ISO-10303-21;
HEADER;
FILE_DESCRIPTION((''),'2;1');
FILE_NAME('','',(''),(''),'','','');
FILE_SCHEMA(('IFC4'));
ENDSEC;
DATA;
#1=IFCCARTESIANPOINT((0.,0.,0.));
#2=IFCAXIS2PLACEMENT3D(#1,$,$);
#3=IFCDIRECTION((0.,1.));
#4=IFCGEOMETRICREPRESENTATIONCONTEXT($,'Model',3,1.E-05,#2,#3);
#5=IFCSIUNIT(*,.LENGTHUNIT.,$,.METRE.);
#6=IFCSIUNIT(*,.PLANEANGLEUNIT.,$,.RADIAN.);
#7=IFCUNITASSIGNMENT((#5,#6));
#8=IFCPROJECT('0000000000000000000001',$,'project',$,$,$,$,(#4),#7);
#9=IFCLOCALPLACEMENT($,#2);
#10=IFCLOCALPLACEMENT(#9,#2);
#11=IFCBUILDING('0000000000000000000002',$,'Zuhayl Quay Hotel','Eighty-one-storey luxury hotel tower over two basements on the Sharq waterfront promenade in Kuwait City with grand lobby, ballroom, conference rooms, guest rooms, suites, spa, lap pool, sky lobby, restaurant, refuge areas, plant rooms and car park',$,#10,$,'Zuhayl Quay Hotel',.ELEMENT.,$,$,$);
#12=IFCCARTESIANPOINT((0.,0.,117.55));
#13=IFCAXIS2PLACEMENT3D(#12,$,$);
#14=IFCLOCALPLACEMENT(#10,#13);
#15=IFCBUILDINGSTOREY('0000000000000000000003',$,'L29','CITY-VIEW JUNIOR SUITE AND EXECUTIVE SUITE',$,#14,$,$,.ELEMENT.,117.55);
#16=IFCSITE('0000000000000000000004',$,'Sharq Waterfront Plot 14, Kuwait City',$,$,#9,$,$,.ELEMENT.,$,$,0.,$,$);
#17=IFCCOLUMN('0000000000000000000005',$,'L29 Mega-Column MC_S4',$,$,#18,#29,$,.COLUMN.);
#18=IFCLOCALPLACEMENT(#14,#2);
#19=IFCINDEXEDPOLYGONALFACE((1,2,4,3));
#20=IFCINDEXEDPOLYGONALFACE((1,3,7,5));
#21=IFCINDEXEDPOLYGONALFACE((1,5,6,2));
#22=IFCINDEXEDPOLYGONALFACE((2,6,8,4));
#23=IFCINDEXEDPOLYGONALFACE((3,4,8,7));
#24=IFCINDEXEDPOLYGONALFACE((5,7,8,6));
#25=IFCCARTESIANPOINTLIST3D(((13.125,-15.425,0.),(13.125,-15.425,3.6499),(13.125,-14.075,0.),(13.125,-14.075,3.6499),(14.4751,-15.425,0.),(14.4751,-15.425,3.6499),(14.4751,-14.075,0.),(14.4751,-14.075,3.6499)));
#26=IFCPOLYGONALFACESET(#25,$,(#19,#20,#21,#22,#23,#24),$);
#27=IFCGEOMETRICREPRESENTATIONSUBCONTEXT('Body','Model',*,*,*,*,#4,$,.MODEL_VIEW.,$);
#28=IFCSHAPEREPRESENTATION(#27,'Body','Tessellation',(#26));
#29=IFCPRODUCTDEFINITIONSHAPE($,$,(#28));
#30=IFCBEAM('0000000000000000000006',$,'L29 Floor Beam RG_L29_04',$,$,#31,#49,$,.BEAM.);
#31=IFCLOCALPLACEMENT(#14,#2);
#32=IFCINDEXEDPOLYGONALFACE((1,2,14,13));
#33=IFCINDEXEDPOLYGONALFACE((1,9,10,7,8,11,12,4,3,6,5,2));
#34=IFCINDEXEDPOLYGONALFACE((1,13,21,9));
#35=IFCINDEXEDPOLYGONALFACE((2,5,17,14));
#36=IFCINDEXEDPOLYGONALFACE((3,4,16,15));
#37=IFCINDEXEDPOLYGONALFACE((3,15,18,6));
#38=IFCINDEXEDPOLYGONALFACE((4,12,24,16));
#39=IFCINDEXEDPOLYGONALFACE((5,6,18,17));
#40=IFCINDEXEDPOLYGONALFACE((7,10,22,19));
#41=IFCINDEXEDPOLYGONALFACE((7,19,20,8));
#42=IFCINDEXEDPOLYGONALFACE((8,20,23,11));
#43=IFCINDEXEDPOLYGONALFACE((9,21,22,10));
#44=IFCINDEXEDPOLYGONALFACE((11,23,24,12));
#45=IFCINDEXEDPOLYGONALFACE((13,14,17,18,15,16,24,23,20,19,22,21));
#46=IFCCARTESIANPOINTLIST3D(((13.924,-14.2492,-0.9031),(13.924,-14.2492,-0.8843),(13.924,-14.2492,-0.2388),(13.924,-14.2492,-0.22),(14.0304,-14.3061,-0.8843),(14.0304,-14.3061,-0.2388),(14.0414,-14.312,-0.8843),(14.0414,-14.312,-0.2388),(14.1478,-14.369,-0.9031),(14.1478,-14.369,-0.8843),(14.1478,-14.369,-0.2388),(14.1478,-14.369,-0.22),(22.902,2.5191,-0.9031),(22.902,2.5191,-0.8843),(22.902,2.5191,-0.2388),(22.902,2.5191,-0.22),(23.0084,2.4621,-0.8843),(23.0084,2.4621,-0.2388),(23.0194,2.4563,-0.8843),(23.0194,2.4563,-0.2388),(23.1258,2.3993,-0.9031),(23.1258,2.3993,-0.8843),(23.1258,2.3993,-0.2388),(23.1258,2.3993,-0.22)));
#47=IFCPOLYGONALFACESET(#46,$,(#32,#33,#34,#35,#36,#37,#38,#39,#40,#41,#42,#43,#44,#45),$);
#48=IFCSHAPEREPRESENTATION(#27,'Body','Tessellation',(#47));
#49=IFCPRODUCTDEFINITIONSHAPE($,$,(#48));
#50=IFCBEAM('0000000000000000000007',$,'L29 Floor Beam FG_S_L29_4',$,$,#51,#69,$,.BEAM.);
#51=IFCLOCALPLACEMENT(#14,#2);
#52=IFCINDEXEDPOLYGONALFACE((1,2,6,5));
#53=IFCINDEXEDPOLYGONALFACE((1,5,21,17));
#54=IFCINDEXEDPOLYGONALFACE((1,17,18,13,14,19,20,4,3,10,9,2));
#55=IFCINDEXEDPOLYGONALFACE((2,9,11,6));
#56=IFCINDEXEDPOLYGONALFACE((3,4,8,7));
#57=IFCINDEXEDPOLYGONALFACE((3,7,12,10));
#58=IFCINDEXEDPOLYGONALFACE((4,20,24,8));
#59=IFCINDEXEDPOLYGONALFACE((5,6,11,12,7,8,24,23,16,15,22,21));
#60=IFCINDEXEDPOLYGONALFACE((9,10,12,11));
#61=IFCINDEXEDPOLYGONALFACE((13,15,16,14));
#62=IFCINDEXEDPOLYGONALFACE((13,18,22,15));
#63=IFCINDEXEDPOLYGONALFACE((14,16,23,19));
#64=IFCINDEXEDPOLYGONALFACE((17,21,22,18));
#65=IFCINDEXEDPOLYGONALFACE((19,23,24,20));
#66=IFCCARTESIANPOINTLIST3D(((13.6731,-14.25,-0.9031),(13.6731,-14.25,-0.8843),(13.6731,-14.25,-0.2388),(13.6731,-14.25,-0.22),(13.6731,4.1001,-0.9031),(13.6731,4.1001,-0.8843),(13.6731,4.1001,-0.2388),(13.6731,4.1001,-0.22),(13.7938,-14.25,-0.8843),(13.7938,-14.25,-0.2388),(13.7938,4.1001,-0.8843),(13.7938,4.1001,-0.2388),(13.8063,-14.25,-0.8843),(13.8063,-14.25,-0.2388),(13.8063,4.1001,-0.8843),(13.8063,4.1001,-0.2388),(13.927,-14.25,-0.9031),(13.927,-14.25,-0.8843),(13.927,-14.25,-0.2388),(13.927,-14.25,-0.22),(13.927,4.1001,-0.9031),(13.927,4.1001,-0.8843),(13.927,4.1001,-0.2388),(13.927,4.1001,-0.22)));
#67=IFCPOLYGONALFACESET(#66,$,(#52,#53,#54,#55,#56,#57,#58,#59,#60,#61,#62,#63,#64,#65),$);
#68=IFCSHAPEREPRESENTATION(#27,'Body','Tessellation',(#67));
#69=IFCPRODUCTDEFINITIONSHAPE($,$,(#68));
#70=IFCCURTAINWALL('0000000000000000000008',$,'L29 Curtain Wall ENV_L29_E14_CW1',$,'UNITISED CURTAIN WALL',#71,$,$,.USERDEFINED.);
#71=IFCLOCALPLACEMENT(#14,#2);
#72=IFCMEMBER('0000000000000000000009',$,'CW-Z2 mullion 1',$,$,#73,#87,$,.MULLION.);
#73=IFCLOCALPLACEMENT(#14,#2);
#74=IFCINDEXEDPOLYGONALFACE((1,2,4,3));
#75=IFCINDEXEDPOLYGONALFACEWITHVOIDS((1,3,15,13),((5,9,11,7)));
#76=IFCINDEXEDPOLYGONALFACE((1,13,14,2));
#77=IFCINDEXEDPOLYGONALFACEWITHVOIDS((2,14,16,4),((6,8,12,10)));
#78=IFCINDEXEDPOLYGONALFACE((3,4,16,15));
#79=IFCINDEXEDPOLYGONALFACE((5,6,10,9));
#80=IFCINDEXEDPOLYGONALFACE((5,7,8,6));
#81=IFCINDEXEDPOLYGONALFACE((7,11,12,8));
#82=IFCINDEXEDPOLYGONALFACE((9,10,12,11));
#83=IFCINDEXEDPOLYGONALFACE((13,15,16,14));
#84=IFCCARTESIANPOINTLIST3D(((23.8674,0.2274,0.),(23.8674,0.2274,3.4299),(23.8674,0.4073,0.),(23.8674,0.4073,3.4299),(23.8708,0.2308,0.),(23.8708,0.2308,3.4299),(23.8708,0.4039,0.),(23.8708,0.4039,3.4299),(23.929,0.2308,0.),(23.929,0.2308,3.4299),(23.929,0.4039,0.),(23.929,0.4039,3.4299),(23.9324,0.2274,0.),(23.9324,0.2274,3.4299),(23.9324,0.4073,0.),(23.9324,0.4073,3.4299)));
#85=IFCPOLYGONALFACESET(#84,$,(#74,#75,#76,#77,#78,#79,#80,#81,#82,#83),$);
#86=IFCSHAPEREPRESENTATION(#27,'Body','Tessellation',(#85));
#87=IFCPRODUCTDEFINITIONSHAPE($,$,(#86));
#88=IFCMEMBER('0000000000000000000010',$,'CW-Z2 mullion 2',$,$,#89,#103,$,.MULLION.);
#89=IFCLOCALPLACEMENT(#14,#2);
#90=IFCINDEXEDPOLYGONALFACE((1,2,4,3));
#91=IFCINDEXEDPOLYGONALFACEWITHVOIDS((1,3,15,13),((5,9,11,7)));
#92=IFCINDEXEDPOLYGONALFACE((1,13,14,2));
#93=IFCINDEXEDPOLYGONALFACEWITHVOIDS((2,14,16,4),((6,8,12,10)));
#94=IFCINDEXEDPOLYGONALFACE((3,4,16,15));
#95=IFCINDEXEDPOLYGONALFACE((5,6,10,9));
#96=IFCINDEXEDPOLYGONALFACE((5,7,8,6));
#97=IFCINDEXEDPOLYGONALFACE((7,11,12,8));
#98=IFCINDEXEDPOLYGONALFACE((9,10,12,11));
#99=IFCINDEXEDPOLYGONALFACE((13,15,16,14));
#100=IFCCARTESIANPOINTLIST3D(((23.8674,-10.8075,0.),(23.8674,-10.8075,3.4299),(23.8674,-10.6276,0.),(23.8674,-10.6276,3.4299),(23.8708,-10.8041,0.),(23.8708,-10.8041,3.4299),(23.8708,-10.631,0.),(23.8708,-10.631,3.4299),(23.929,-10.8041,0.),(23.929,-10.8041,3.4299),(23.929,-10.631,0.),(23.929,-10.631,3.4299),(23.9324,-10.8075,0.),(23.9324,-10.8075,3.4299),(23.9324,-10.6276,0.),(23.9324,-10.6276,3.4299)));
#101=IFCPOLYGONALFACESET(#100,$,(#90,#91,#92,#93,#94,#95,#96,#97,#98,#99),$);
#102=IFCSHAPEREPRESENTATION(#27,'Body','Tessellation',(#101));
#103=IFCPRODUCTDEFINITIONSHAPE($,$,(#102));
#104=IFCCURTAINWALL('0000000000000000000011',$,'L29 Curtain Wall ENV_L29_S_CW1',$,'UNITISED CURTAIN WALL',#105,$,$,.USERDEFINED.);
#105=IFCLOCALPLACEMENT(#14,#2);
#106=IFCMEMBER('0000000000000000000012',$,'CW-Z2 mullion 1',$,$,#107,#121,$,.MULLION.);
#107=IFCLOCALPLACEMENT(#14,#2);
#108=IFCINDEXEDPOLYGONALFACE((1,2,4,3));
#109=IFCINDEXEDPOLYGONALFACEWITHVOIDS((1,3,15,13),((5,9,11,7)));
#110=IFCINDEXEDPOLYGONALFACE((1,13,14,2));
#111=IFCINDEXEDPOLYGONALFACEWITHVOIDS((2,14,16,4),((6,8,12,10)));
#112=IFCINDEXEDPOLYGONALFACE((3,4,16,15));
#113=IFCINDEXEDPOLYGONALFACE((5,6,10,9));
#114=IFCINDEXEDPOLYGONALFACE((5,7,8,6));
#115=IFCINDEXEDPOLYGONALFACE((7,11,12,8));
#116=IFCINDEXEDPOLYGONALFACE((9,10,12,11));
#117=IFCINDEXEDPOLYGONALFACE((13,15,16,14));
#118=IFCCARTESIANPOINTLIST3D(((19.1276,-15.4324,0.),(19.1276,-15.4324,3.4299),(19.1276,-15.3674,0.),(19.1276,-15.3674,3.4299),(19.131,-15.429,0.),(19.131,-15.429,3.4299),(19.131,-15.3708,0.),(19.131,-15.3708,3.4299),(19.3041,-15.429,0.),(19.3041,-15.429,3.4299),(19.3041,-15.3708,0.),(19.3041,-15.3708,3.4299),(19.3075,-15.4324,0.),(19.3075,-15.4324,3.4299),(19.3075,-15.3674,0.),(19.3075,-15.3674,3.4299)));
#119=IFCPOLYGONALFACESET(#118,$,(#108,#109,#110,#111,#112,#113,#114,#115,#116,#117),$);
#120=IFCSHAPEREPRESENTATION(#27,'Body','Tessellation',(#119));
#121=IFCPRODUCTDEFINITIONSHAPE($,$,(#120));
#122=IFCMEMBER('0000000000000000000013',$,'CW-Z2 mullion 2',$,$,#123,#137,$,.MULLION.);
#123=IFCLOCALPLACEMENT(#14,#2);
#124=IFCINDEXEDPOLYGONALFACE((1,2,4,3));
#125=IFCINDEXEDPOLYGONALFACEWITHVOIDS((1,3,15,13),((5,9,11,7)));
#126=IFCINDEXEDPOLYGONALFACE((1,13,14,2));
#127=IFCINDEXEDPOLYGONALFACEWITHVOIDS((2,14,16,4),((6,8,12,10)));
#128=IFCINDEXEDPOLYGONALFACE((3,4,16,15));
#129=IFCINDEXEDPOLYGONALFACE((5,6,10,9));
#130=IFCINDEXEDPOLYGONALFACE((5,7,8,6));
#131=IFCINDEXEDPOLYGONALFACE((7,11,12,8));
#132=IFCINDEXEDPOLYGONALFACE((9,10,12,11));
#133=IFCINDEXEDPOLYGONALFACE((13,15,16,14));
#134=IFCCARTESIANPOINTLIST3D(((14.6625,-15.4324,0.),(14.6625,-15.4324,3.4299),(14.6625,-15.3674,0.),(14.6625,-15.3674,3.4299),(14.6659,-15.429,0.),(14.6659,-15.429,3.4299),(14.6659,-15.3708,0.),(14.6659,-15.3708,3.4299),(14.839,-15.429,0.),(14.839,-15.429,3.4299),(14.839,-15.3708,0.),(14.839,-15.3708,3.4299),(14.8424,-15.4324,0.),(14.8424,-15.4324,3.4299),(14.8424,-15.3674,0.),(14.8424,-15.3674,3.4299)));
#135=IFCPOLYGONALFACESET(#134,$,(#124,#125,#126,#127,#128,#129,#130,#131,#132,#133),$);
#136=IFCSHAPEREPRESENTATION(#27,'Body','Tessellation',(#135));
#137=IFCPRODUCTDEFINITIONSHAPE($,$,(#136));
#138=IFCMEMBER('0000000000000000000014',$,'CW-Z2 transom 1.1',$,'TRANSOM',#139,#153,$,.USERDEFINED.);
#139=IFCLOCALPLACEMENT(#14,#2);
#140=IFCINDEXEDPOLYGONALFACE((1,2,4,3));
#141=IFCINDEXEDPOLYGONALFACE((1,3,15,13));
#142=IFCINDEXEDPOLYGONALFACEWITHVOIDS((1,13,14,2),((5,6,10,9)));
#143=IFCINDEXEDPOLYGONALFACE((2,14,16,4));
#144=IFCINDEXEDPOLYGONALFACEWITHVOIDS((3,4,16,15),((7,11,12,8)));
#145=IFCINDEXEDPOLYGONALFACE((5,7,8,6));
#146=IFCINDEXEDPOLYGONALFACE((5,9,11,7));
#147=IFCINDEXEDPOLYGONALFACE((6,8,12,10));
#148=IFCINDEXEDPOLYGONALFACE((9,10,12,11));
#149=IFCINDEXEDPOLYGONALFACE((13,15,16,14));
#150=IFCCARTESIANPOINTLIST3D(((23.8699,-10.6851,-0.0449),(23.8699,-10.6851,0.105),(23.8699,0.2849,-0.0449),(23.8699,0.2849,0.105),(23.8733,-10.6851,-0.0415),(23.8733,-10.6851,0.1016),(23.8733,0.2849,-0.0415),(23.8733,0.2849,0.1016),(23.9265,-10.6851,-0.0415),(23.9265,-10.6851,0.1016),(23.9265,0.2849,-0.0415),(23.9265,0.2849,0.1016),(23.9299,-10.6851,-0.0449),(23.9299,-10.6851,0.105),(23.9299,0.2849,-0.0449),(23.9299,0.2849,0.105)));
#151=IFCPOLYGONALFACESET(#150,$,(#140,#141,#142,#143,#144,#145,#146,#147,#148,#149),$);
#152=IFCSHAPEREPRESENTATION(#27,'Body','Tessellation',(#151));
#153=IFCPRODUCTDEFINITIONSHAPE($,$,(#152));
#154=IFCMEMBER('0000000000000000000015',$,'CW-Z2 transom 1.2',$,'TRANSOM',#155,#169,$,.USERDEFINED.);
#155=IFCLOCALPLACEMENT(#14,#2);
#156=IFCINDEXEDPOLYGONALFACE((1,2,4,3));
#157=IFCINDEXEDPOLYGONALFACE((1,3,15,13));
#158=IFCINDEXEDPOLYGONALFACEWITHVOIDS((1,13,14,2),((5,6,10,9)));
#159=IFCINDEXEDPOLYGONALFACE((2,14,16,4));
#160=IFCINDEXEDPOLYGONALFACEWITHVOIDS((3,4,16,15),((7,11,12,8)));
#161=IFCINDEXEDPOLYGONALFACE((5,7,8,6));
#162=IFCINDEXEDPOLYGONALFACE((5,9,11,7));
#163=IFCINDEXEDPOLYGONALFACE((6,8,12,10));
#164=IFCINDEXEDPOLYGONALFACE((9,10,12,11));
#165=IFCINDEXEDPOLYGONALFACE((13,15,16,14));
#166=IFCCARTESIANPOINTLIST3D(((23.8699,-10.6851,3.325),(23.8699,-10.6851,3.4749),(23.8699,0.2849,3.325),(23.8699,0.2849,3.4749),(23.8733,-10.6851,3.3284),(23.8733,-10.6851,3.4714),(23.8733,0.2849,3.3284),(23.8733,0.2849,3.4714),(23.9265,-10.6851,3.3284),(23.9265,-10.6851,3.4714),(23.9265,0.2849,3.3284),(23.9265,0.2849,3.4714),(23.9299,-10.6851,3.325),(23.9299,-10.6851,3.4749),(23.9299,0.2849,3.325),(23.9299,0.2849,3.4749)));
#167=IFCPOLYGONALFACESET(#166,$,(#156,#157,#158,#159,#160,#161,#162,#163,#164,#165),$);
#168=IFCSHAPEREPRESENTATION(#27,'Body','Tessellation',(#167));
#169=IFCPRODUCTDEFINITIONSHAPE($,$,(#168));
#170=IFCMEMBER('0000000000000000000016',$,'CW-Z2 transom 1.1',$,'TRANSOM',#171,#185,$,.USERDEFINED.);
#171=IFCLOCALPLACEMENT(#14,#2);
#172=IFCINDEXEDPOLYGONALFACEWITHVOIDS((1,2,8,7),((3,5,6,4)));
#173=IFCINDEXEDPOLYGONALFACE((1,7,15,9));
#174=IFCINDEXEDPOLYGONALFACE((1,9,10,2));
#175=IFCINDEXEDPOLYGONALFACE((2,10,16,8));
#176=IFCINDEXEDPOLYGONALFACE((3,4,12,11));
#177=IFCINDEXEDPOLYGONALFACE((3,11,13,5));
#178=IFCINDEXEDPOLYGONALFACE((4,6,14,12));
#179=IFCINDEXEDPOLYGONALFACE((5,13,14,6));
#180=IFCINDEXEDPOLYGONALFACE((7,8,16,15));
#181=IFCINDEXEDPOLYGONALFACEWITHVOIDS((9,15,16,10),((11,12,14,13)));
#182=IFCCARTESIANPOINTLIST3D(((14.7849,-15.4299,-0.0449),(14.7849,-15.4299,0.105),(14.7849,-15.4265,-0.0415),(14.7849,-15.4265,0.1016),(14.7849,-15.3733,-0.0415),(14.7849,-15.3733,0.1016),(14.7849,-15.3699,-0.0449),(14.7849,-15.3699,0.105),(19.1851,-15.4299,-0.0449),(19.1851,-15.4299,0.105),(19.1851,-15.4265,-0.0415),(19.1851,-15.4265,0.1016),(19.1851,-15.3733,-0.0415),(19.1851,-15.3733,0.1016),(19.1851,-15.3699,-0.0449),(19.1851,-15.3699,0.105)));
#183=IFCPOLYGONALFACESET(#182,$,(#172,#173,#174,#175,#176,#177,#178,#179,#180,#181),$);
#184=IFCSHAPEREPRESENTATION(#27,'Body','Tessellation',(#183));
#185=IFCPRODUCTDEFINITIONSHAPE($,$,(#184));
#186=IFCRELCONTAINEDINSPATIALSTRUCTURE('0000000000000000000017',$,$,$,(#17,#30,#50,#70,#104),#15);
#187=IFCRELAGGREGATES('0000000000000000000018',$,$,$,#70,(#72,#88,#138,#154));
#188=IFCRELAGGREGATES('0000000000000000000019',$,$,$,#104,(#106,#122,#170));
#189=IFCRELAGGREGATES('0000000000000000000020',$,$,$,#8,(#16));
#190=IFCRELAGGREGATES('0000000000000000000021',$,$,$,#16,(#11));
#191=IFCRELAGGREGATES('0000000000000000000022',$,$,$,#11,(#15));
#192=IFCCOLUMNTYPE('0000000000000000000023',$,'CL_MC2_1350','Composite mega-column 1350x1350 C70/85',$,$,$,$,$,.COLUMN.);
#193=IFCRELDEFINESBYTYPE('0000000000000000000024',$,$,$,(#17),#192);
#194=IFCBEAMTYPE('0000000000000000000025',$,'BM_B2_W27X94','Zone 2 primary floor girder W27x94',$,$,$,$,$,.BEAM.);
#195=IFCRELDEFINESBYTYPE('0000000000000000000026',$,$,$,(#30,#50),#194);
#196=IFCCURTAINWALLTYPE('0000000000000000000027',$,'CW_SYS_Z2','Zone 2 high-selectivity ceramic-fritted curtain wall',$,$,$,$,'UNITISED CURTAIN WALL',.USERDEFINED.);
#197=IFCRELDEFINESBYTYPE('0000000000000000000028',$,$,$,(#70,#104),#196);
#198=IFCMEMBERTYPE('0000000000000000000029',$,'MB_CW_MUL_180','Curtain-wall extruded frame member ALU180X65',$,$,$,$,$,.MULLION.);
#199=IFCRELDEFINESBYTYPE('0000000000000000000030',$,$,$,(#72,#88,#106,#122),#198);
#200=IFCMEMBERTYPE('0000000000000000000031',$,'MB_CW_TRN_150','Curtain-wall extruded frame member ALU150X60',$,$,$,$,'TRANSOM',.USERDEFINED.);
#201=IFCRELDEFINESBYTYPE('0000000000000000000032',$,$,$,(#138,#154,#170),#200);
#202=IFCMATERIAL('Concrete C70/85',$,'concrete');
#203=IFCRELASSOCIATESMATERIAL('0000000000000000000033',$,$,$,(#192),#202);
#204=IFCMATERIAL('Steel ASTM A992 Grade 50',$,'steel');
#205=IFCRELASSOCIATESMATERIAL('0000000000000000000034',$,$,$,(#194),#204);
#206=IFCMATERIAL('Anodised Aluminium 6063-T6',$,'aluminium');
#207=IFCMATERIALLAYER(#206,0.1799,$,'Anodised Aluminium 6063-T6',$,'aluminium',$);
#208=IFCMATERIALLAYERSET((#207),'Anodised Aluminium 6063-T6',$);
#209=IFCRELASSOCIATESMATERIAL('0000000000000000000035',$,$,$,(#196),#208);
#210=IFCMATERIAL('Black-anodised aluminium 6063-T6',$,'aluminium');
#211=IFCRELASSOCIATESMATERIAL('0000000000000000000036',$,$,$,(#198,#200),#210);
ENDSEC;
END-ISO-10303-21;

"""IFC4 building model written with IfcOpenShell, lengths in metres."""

from ifc_helpers import new_model, si_unit, direction, frame, origin, origin_2d, place, context, subcontext, project, spatial, rectangle, hollow_rectangle, i_section, extrude, material, layer, layer_set, material_profile, profile_set, type_object, element, aggregate, save


model = new_model("IFC4")

# Units and contexts
model_context = context("Model", 3, precision=1e-05, world=origin(), true_north=direction((0.0, 1.0)))
body_context = subcontext(model_context, "Body", "Model", "MODEL_VIEW")
ifc_project = project(units=[si_unit("LENGTHUNIT", "METRE"), si_unit("PLANEANGLEUNIT", "RADIAN")], contexts=[model_context])

# Site, building, storey
site_placement = place(None, origin())
site = spatial("IfcSite", under=ifc_project, at=site_placement, Name="Sharq Waterfront Plot 14, Kuwait City", CompositionType="ELEMENT", RefElevation=0.0)
building_placement = place(site_placement, origin())
building = spatial("IfcBuilding", under=site, at=building_placement, Name="Zuhayl Quay Hotel", Description="Eighty-one-storey luxury hotel tower over two basements on the Sharq waterfront promenade in Kuwait City with grand lobby, ballroom, conference rooms, guest rooms, suites, spa, lap pool, sky lobby, restaurant, refuge areas, plant rooms and car park", LongName="Zuhayl Quay Hotel", CompositionType="ELEMENT")
storey_placement = place(building_placement, frame((0.0, 0.0, 117.55)))
storey = spatial("IfcBuildingStorey", under=building, at=storey_placement, Name="L29", Description="CITY-VIEW JUNIOR SUITE AND EXECUTIVE SUITE", CompositionType="ELEMENT", Elevation=117.55)

# Column
ifc_material_1 = material(Name="Concrete C70/85", Category="concrete")
ifc_material_profile_1 = material_profile(ifc_material_1, rectangle(XDim=1.3501, YDim=1.3501, at=origin_2d()), Name="RC1350X1350")
ifc_profile_set_1 = profile_set([ifc_material_profile_1], Name="Concrete C70/85")
column_type = type_object("IfcColumnType", Name="CL_MC2_1350", Description="Composite mega-column 1350x1350 C70/85", PredefinedType="COLUMN", material=ifc_profile_set_1)
column_placement = place(storey_placement, frame((13.8, -14.75, 0.0), z_axis=(0.0, 0.0, 1.0), x_axis=(1.0, 0.0, 0.0)))
element("IfcColumn", 1, at=column_placement, inside=storey, type_object=column_type, Name="L29 Mega-Column MC_S4", PredefinedType="COLUMN", context=body_context, shape_type="SweptSolid", body=[
    extrude(rectangle(XDim=1.3501, YDim=1.3501, at=origin_2d()), origin(), (0.0, 0.0, 1.0), 3.6499),
])

# Beams
ifc_material_2 = material(Name="Steel ASTM A992 Grade 50", Category="steel")
ifc_material_profile_2 = material_profile(ifc_material_2, i_section(OverallWidth=0.2539, OverallDepth=0.6831, WebThickness=0.0125, FlangeThickness=0.0188, at=origin_2d()), Name="W27X94")
ifc_profile_set_2 = profile_set([ifc_material_profile_2], Name="Steel ASTM A992 Grade 50")
beam_type = type_object("IfcBeamType", Name="BM_B2_W27X94", Description="Zone 2 primary floor girder W27x94", PredefinedType="BEAM", material=ifc_profile_set_2)
beam_1_placement = place(storey_placement, frame((14.0359, -14.3091, -0.5615), z_axis=(0.472017, 0.881589, 0.0), x_axis=(-0.881589, 0.472017, 0.0)))
element("IfcBeam", 2, at=beam_1_placement, inside=storey, type_object=beam_type, Name="L29 Floor Beam RG_L29_04", PredefinedType="BEAM", context=body_context, shape_type="SweptSolid", body=[
    extrude(i_section(OverallWidth=0.2539, OverallDepth=0.6831, WebThickness=0.0125, FlangeThickness=0.0188, at=origin_2d()), origin(), (0.0, 0.0, 1.0), 19.0205),
])
beam_2_placement = place(storey_placement, frame((13.8, -14.25, -0.5615), z_axis=(0.0, 1.0, 0.0), x_axis=(-1.0, 0.0, 0.0)))
element("IfcBeam", 3, at=beam_2_placement, inside=storey, type_object=beam_type, Name="L29 Floor Beam FG_S_L29_4", PredefinedType="BEAM", context=body_context, shape_type="SweptSolid", body=[
    extrude(i_section(OverallWidth=0.2539, OverallDepth=0.6831, WebThickness=0.0125, FlangeThickness=0.0188, at=origin_2d()), origin(), (0.0, 0.0, 1.0), 18.3501),
])

# Curtain walls, members
ifc_material_3 = material(Name="Anodised Aluminium 6063-T6", Category="aluminium")
ifc_layer_1 = layer(ifc_material_3, 0.1799, Name="Anodised Aluminium 6063-T6", Category="aluminium")
ifc_layer_set_1 = layer_set([ifc_layer_1], Name="Anodised Aluminium 6063-T6")
curtain_wall_type = type_object("IfcCurtainWallType", Name="CW_SYS_Z2", Description="Zone 2 high-selectivity ceramic-fritted curtain wall", ElementType="UNITISED CURTAIN WALL", PredefinedType="USERDEFINED", material=ifc_layer_set_1)
curtain_wall_1_placement = place(storey_placement, origin())
curtain_wall_1 = element("IfcCurtainWall", 4, at=curtain_wall_1_placement, inside=storey, type_object=curtain_wall_type, Name="L29 Curtain Wall ENV_L29_E14_CW1", ObjectType="UNITISED CURTAIN WALL", PredefinedType="USERDEFINED")
ifc_material_4 = material(Name="Black-anodised aluminium 6063-T6", Category="aluminium")
ifc_material_profile_3 = material_profile(ifc_material_4, hollow_rectangle(XDim=0.0649, YDim=0.1799, WallThickness=0.0034, at=origin_2d()), Name="ALU180X65")
ifc_profile_set_3 = profile_set([ifc_material_profile_3], Name="Black-anodised aluminium 6063-T6")
member_type_1 = type_object("IfcMemberType", Name="MB_CW_MUL_180", Description="Curtain-wall extruded frame member ALU180X65", PredefinedType="MULLION", material=ifc_profile_set_3)
member_1_placement = place(storey_placement, frame((23.8999, 0.3174, 0.0), z_axis=(0.0, 0.0, 1.0), x_axis=(1.0, 0.0, 0.0)))
member_1 = element("IfcMember", 5, at=member_1_placement, type_object=member_type_1, Name="CW-Z2 mullion 1", PredefinedType="MULLION", context=body_context, shape_type="SweptSolid", body=[
    extrude(hollow_rectangle(XDim=0.0649, YDim=0.1799, WallThickness=0.0034, at=origin_2d()), origin(), (0.0, 0.0, 1.0), 3.4299),
])
member_2_placement = place(storey_placement, frame((23.8999, -10.7175, 0.0), z_axis=(0.0, 0.0, 1.0), x_axis=(1.0, 0.0, 0.0)))
member_2 = element("IfcMember", 6, at=member_2_placement, type_object=member_type_1, Name="CW-Z2 mullion 2", PredefinedType="MULLION", context=body_context, shape_type="SweptSolid", body=[
    extrude(hollow_rectangle(XDim=0.0649, YDim=0.1799, WallThickness=0.0034, at=origin_2d()), origin(), (0.0, 0.0, 1.0), 3.4299),
])
curtain_wall_2_placement = place(storey_placement, origin())
curtain_wall_2 = element("IfcCurtainWall", 7, at=curtain_wall_2_placement, inside=storey, type_object=curtain_wall_type, Name="L29 Curtain Wall ENV_L29_S_CW1", ObjectType="UNITISED CURTAIN WALL", PredefinedType="USERDEFINED")
member_3_placement = place(storey_placement, frame((19.2175, -15.3999, 0.0), z_axis=(0.0, 0.0, 1.0), x_axis=(0.0, -1.0, 0.0)))
member_3 = element("IfcMember", 8, at=member_3_placement, type_object=member_type_1, Name="CW-Z2 mullion 1", PredefinedType="MULLION", context=body_context, shape_type="SweptSolid", body=[
    extrude(hollow_rectangle(XDim=0.0649, YDim=0.1799, WallThickness=0.0034, at=origin_2d()), origin(), (0.0, 0.0, 1.0), 3.4299),
])
member_4_placement = place(storey_placement, frame((14.7524, -15.3999, 0.0), z_axis=(0.0, 0.0, 1.0), x_axis=(0.0, -1.0, 0.0)))
member_4 = element("IfcMember", 9, at=member_4_placement, type_object=member_type_1, Name="CW-Z2 mullion 2", PredefinedType="MULLION", context=body_context, shape_type="SweptSolid", body=[
    extrude(hollow_rectangle(XDim=0.0649, YDim=0.1799, WallThickness=0.0034, at=origin_2d()), origin(), (0.0, 0.0, 1.0), 3.4299),
])

# Members
ifc_material_profile_4 = material_profile(ifc_material_4, hollow_rectangle(XDim=0.0601, YDim=0.1499, WallThickness=0.0034, at=origin_2d()), Name="ALU150X60")
ifc_profile_set_4 = profile_set([ifc_material_profile_4], Name="Black-anodised aluminium 6063-T6")
member_type_2 = type_object("IfcMemberType", Name="MB_CW_TRN_150", Description="Curtain-wall extruded frame member ALU150X60", ElementType="TRANSOM", PredefinedType="USERDEFINED", material=ifc_profile_set_4)
member_5_placement = place(storey_placement, frame((23.8999, 0.2849, 0.03), z_axis=(0.0, -1.0, 0.0), x_axis=(1.0, 0.0, 0.0)))
member_5 = element("IfcMember", 10, at=member_5_placement, type_object=member_type_2, Name="CW-Z2 transom 1.1", ObjectType="TRANSOM", PredefinedType="USERDEFINED", context=body_context, shape_type="SweptSolid", body=[
    extrude(hollow_rectangle(XDim=0.0601, YDim=0.1499, WallThickness=0.0034, at=origin_2d()), origin(), (0.0, 0.0, 1.0), 10.97),
])
member_6_placement = place(storey_placement, frame((23.8999, 0.2849, 3.3999), z_axis=(0.0, -1.0, 0.0), x_axis=(1.0, 0.0, 0.0)))
member_6 = element("IfcMember", 11, at=member_6_placement, type_object=member_type_2, Name="CW-Z2 transom 1.2", ObjectType="TRANSOM", PredefinedType="USERDEFINED", context=body_context, shape_type="SweptSolid", body=[
    extrude(hollow_rectangle(XDim=0.0601, YDim=0.1499, WallThickness=0.0034, at=origin_2d()), origin(), (0.0, 0.0, 1.0), 10.97),
])
member_7_placement = place(storey_placement, frame((19.1851, -15.3999, 0.03), z_axis=(-1.0, 0.0, 0.0), x_axis=(0.0, -1.0, 0.0)))
member_7 = element("IfcMember", 12, at=member_7_placement, type_object=member_type_2, Name="CW-Z2 transom 1.1", ObjectType="TRANSOM", PredefinedType="USERDEFINED", context=body_context, shape_type="SweptSolid", body=[
    extrude(hollow_rectangle(XDim=0.0601, YDim=0.1499, WallThickness=0.0034, at=origin_2d()), origin(), (0.0, 0.0, 1.0), 4.4001),
])

aggregate(curtain_wall_1, [member_1, member_2, member_5, member_6])
aggregate(curtain_wall_2, [member_3, member_4, member_7])

save(model, "model.ifc")
